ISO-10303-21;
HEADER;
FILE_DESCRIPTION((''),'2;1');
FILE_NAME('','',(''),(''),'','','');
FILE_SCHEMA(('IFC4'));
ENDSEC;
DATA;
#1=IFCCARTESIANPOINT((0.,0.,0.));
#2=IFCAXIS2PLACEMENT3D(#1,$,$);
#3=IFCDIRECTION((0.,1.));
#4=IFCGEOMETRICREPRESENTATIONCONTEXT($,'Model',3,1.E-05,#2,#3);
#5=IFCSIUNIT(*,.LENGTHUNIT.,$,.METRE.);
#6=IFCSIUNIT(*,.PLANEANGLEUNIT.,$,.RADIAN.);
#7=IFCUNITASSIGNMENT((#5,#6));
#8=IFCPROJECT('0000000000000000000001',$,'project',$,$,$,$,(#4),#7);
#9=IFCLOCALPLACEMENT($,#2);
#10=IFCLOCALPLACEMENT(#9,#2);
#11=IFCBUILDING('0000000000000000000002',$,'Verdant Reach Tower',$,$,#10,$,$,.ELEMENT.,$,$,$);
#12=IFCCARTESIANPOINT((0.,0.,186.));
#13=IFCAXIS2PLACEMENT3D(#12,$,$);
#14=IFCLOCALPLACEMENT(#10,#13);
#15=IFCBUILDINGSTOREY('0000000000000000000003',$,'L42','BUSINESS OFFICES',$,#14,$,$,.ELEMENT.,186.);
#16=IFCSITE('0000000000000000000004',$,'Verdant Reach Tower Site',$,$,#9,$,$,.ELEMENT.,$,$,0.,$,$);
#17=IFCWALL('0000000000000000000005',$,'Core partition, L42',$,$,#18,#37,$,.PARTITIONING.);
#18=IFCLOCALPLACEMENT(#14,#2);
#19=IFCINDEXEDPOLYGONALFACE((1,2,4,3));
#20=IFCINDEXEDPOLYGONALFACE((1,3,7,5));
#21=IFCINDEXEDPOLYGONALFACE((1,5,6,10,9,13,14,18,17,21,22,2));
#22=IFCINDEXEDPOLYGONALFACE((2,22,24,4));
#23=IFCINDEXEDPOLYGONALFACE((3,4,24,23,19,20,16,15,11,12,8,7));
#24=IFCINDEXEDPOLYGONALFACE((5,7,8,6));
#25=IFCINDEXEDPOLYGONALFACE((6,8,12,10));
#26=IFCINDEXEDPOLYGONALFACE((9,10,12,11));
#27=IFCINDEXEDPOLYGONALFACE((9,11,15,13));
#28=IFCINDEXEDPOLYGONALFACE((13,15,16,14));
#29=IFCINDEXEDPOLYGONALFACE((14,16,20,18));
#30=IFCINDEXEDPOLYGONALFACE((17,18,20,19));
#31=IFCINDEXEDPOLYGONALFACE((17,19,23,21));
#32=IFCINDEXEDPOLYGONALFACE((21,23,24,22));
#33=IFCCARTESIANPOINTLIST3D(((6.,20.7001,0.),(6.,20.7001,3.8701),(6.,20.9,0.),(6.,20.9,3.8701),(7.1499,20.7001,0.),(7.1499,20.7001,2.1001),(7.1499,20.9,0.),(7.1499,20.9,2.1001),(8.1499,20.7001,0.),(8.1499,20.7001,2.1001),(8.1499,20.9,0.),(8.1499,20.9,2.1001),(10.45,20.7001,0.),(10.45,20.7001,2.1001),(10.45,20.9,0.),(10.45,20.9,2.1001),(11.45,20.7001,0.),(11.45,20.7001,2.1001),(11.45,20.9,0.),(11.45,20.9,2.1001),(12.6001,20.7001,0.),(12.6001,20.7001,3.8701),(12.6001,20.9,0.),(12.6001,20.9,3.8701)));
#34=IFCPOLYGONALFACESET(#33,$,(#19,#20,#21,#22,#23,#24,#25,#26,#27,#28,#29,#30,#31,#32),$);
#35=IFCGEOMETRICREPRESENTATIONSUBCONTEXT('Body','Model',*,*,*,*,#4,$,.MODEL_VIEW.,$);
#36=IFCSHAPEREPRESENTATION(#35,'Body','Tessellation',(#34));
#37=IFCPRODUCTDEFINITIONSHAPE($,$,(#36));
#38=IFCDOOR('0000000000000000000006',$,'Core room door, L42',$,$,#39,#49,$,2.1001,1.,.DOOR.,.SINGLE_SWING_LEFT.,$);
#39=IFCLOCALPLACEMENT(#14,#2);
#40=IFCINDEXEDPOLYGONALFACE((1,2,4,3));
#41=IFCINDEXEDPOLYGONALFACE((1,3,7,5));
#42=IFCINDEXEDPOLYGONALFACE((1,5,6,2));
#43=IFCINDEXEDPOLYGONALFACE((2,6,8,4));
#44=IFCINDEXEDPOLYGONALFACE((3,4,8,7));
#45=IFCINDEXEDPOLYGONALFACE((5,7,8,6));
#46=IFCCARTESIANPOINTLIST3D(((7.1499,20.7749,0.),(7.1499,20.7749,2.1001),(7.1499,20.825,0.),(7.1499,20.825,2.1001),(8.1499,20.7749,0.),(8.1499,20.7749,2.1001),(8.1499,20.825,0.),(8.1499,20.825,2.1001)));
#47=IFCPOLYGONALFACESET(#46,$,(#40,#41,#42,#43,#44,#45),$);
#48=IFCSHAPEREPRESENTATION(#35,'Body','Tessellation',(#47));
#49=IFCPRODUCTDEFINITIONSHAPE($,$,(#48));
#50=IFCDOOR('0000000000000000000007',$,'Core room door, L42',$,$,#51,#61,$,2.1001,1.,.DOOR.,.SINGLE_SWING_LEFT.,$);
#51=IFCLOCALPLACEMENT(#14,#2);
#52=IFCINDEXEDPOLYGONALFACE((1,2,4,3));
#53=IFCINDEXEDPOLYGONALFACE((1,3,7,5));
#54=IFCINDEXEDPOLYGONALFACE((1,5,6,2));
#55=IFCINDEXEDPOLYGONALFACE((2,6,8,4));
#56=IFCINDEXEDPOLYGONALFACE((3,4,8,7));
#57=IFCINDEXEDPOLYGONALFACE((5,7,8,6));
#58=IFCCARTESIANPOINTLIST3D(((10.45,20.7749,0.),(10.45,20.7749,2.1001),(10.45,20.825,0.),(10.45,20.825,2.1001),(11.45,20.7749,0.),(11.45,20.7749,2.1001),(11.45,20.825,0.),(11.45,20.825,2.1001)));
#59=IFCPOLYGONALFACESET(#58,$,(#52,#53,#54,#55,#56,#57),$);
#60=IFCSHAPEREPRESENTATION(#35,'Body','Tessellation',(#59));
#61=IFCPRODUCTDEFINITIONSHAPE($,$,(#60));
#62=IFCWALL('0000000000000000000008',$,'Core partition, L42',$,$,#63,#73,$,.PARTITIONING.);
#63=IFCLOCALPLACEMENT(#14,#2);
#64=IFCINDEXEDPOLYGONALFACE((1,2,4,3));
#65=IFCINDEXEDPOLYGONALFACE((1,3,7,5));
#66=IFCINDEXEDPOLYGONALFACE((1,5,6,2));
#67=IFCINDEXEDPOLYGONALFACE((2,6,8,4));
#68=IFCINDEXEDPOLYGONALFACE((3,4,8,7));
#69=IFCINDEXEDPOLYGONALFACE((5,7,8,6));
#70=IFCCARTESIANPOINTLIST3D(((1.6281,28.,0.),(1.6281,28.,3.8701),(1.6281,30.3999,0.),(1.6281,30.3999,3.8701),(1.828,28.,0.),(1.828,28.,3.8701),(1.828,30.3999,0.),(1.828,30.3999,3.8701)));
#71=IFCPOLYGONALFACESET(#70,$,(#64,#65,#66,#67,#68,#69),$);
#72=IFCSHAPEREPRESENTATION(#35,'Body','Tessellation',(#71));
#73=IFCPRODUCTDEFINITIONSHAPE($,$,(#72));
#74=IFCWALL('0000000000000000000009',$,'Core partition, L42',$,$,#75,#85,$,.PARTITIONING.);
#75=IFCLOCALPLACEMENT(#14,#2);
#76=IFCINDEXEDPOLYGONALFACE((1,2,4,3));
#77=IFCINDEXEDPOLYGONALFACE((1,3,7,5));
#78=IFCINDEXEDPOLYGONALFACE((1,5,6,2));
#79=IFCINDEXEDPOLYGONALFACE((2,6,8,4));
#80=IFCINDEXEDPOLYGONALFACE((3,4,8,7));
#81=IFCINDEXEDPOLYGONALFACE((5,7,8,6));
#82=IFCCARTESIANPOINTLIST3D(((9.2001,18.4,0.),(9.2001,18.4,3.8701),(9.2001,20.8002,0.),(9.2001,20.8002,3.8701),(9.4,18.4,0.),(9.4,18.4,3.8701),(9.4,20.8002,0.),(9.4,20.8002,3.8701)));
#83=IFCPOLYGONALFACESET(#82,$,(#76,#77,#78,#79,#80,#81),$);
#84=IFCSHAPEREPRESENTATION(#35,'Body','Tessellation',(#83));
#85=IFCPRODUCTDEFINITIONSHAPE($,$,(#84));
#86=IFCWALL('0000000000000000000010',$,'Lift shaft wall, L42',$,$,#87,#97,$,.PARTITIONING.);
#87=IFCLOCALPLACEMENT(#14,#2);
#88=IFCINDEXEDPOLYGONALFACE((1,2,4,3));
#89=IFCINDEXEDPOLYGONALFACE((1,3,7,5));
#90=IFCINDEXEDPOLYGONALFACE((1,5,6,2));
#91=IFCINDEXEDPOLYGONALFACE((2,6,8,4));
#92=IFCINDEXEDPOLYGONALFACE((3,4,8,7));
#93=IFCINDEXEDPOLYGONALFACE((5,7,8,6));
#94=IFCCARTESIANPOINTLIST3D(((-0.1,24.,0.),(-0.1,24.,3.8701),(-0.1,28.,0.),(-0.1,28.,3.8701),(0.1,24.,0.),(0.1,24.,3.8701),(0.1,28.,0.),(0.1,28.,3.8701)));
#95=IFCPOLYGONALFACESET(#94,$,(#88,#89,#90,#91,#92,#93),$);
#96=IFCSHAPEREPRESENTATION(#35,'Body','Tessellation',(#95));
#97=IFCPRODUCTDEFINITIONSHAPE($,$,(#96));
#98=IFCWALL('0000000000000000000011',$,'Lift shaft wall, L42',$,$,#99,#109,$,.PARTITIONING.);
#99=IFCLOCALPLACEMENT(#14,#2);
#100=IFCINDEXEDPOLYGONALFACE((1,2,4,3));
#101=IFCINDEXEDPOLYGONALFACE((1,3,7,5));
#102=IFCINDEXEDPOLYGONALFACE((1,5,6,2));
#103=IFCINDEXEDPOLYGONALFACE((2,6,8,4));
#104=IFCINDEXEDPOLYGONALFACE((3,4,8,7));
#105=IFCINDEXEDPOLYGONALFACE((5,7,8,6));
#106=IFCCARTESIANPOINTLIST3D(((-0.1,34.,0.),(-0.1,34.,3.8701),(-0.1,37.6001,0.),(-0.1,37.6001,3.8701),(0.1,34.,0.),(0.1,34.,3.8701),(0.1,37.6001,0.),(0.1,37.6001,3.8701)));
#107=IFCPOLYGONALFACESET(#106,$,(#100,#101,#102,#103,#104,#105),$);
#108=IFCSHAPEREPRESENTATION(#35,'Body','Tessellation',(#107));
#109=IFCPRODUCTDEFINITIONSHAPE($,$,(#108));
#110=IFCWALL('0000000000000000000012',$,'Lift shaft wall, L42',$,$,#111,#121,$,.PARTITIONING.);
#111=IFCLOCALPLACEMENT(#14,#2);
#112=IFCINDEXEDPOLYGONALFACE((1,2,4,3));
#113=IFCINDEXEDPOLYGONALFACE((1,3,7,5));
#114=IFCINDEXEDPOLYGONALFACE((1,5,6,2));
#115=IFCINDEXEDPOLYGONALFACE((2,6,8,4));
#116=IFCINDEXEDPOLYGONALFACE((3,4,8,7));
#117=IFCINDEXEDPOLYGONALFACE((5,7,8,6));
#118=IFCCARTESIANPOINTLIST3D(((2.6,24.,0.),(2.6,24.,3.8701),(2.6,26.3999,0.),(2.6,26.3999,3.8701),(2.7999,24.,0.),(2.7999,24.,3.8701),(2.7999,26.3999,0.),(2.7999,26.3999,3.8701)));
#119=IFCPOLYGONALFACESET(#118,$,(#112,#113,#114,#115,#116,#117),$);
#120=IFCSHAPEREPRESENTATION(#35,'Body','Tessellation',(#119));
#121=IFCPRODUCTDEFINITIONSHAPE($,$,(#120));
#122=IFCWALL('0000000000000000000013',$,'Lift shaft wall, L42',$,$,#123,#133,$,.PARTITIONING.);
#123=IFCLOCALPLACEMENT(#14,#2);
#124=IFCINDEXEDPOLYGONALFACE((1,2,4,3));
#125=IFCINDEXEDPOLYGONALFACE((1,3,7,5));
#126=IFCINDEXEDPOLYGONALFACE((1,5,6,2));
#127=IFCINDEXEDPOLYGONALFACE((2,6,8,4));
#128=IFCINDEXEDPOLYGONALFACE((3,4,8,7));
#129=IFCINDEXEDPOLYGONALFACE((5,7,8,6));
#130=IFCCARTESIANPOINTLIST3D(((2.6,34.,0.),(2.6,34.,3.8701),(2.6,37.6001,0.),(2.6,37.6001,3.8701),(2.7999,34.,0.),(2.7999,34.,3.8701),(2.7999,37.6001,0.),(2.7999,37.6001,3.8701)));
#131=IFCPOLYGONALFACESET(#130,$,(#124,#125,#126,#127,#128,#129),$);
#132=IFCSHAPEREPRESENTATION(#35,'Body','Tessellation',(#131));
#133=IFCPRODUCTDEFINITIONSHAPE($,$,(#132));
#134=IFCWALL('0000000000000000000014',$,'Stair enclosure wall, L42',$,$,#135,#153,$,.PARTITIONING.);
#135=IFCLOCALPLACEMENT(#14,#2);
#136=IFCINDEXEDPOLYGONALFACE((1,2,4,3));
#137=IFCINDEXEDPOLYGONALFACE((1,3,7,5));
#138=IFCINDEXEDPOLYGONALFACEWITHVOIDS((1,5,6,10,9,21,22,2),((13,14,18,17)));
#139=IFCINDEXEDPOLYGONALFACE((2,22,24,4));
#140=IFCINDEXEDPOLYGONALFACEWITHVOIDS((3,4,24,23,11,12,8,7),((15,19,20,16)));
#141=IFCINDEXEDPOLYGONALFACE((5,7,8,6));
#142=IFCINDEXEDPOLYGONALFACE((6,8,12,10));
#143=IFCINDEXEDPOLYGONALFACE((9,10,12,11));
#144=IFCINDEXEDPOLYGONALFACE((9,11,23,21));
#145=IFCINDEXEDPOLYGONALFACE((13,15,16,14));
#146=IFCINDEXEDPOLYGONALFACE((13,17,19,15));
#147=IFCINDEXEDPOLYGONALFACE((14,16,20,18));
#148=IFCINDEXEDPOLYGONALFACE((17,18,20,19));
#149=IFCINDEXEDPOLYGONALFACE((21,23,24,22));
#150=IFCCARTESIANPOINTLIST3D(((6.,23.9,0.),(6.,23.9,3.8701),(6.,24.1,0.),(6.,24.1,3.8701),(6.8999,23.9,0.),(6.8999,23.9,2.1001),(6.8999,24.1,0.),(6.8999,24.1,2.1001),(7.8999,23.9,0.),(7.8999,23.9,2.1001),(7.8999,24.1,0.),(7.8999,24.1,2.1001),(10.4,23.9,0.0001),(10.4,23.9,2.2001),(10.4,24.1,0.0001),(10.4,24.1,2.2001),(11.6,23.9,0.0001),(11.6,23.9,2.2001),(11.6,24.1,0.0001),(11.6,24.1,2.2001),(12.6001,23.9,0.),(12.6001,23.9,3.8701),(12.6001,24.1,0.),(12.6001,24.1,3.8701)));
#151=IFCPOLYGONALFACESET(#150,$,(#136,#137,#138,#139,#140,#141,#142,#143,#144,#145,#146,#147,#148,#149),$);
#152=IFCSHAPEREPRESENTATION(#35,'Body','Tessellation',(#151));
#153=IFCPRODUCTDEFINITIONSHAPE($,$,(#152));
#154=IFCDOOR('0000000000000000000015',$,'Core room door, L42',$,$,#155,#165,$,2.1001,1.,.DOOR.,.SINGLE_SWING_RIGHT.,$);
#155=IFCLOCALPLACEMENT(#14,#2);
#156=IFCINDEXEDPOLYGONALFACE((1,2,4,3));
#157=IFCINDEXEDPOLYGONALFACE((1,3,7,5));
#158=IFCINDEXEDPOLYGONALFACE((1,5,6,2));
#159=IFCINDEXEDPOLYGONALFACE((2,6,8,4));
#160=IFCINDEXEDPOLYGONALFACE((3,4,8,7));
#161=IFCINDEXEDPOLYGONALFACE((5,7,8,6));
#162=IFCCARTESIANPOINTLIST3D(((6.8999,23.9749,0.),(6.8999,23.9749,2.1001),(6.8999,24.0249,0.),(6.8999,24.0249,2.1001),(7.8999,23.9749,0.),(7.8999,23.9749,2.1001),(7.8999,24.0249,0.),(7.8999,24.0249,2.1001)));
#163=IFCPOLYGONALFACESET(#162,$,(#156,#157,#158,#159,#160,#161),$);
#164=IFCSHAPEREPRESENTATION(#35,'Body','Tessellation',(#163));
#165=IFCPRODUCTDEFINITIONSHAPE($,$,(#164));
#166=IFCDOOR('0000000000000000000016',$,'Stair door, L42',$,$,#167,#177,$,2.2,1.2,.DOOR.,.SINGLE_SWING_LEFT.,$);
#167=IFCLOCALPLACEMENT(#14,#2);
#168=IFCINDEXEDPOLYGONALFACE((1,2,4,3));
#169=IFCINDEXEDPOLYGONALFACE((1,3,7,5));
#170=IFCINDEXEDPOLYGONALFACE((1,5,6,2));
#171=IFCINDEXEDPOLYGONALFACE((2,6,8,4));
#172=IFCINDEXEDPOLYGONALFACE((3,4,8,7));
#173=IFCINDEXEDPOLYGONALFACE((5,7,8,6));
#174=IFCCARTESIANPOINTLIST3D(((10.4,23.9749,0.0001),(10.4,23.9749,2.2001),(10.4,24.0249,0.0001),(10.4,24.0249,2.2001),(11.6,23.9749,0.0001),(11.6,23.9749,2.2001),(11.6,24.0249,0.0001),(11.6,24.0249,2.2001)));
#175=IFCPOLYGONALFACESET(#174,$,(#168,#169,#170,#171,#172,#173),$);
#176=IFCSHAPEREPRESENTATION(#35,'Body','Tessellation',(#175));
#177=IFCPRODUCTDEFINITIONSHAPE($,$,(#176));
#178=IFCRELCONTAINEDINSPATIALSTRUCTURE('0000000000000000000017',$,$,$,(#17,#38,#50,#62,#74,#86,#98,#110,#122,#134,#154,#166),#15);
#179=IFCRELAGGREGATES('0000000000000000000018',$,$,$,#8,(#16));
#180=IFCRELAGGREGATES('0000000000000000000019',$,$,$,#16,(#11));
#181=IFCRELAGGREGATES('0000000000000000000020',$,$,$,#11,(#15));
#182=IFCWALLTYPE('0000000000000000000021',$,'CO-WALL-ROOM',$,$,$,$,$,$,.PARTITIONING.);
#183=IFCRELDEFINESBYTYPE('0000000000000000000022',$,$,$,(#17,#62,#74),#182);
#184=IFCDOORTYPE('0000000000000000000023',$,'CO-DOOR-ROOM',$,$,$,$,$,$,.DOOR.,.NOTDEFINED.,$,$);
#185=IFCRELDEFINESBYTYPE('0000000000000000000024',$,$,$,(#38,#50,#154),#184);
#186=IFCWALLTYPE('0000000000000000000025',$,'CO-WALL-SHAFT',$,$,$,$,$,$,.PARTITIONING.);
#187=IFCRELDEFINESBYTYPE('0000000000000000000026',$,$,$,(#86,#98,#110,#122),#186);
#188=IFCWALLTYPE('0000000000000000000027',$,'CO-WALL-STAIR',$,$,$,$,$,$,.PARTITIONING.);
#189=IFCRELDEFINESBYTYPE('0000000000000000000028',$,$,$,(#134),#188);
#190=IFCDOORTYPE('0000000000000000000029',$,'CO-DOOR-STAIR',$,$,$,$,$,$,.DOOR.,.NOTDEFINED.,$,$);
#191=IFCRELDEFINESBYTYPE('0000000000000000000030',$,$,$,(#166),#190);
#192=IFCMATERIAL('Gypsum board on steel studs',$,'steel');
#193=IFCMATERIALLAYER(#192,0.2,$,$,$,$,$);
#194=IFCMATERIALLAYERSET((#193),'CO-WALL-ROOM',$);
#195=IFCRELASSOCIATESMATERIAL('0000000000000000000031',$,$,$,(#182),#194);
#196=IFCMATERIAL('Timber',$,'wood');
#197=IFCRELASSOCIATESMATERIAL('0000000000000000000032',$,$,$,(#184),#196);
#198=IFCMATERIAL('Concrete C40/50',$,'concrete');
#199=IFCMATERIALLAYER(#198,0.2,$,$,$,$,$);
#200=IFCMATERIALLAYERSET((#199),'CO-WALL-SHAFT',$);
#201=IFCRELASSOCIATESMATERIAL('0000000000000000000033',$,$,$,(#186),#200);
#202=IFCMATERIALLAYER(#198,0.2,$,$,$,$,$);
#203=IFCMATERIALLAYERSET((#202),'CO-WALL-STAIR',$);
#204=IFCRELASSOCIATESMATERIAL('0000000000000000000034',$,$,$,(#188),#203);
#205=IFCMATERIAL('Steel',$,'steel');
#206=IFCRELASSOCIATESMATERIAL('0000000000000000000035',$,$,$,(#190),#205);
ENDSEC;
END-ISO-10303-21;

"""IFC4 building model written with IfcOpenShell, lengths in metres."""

from ifc_helpers import new_model, si_unit, direction, frame, frame_2d, origin, place, context, subcontext, project, spatial, rectangle, extrude, material, layer, layer_set, type_object, element, fill, save


model = new_model("IFC4")

# Units and contexts
model_context = context("Model", 3, precision=1e-05, world=origin(), true_north=direction((0.0, 1.0)))
body_context = subcontext(model_context, "Body", "Model", "MODEL_VIEW")
ifc_project = project(units=[si_unit("LENGTHUNIT", "METRE"), si_unit("PLANEANGLEUNIT", "RADIAN")], contexts=[model_context])

# Site, building, storey
site_placement = place(None, origin())
site = spatial("IfcSite", under=ifc_project, at=site_placement, Name="Verdant Reach Tower Site", CompositionType="ELEMENT", RefElevation=0.0)
building_placement = place(site_placement, origin())
building = spatial("IfcBuilding", under=site, at=building_placement, Name="Verdant Reach Tower", CompositionType="ELEMENT")
storey_placement = place(building_placement, frame((0.0, 0.0, 186.0)))
storey = spatial("IfcBuildingStorey", under=building, at=storey_placement, Name="L42", Description="BUSINESS OFFICES", CompositionType="ELEMENT", Elevation=186.0)

# Wall, openings, doors
ifc_material_1 = material(Name="Gypsum board on steel studs", Category="steel")
ifc_layer_1 = layer(ifc_material_1, 0.2)
ifc_layer_set_1 = layer_set([ifc_layer_1], Name="CO-WALL-ROOM")
wall_type_1 = type_object("IfcWallType", Name="CO-WALL-ROOM", PredefinedType="PARTITIONING", material=ifc_layer_set_1)
wall_1_placement = place(storey_placement, frame((6.0, 20.8, 0.0), z_axis=(0.0, 0.0, 1.0), x_axis=(1.0, 0.0, 0.0)))
wall_1 = element("IfcWall", 1, at=wall_1_placement, inside=storey, type_object=wall_type_1, Name="Core partition, L42", PredefinedType="PARTITIONING", context=body_context, shape_type="SweptSolid", body=[
    extrude(rectangle(XDim=6.6001, YDim=0.2, at=frame_2d((3.3, 0.0))), origin(), (0.0, 0.0, 1.0), 3.8701),
])
opening_1_placement = place(wall_1_placement, frame((1.1499, 0.0, 0.0)))
opening_1 = element("IfcOpeningElement", 2, at=opening_1_placement, cuts=wall_1, PredefinedType="OPENING", context=body_context, shape_type="SweptSolid", body=[
    extrude(rectangle(XDim=1.0, YDim=2.1001, at=frame_2d((0.5, 1.05))), frame((0.0, 0.1099, 0.0), z_axis=(0.0, -1.0, 0.0), x_axis=(1.0, 0.0, 0.0)), (0.0, 0.0, 1.0), 0.22),
])
opening_2_placement = place(wall_1_placement, frame((4.45, 0.0, 0.0)))
opening_2 = element("IfcOpeningElement", 3, at=opening_2_placement, cuts=wall_1, PredefinedType="OPENING", context=body_context, shape_type="SweptSolid", body=[
    extrude(rectangle(XDim=1.0, YDim=2.1001, at=frame_2d((0.5, 1.05))), frame((0.0, 0.1099, 0.0), z_axis=(0.0, -1.0, 0.0), x_axis=(1.0, 0.0, 0.0)), (0.0, 0.0, 1.0), 0.22),
])
ifc_material_2 = material(Name="Timber", Category="wood")
door_type_1 = type_object("IfcDoorType", Name="CO-DOOR-ROOM", OperationType="NOTDEFINED", PredefinedType="DOOR", material=ifc_material_2)
door_1_placement = place(opening_1_placement, origin())
door_1 = element("IfcDoor", 4, at=door_1_placement, inside=storey, type_object=door_type_1, Name="Core room door, L42", OperationType="SINGLE_SWING_LEFT", OverallHeight=2.1001, OverallWidth=1.0, PredefinedType="DOOR", context=body_context, shape_type="SweptSolid", body=[
    extrude(rectangle(XDim=1.0, YDim=2.1001, at=frame_2d((0.5, 1.05))), frame((0.0, 0.0249, 0.0), z_axis=(0.0, -1.0, 0.0), x_axis=(1.0, 0.0, 0.0)), (0.0, 0.0, 1.0), 0.05),
])
fill(opening_1, door_1)
door_2_placement = place(opening_2_placement, origin())
door_2 = element("IfcDoor", 5, at=door_2_placement, inside=storey, type_object=door_type_1, Name="Core room door, L42", OperationType="SINGLE_SWING_LEFT", OverallHeight=2.1001, OverallWidth=1.0, PredefinedType="DOOR", context=body_context, shape_type="SweptSolid", body=[
    extrude(rectangle(XDim=1.0, YDim=2.1001, at=frame_2d((0.5, 1.05))), frame((0.0, 0.0249, 0.0), z_axis=(0.0, -1.0, 0.0), x_axis=(1.0, 0.0, 0.0)), (0.0, 0.0, 1.0), 0.05),
])
fill(opening_2, door_2)

# Walls
wall_2_placement = place(storey_placement, frame((1.728, 28.0, 0.0), z_axis=(0.0, 0.0, 1.0), x_axis=(0.0, 1.0, 0.0)))
element("IfcWall", 6, at=wall_2_placement, inside=storey, type_object=wall_type_1, Name="Core partition, L42", PredefinedType="PARTITIONING", context=body_context, shape_type="SweptSolid", body=[
    extrude(rectangle(XDim=2.3999, YDim=0.2, at=frame_2d((1.2, 0.0))), origin(), (0.0, 0.0, 1.0), 3.8701),
])
wall_3_placement = place(storey_placement, frame((9.3, 18.3999, 0.0), z_axis=(0.0, 0.0, 1.0), x_axis=(0.0, 1.0, 0.0)))
element("IfcWall", 7, at=wall_3_placement, inside=storey, type_object=wall_type_1, Name="Core partition, L42", PredefinedType="PARTITIONING", context=body_context, shape_type="SweptSolid", body=[
    extrude(rectangle(XDim=2.4001, YDim=0.2, at=frame_2d((1.2002, 0.0))), origin(), (0.0, 0.0, 1.0), 3.8701),
])
ifc_material_3 = material(Name="Concrete C40/50", Category="concrete")
ifc_layer_2 = layer(ifc_material_3, 0.2)
ifc_layer_set_2 = layer_set([ifc_layer_2], Name="CO-WALL-SHAFT")
wall_type_2 = type_object("IfcWallType", Name="CO-WALL-SHAFT", PredefinedType="PARTITIONING", material=ifc_layer_set_2)
wall_4_placement = place(storey_placement, frame((0.0, 24.0, 0.0), z_axis=(0.0, 0.0, 1.0), x_axis=(0.0, 1.0, 0.0)))
element("IfcWall", 8, at=wall_4_placement, inside=storey, type_object=wall_type_2, Name="Lift shaft wall, L42", PredefinedType="PARTITIONING", context=body_context, shape_type="SweptSolid", body=[
    extrude(rectangle(XDim=4.0, YDim=0.2, at=frame_2d((2.0, 0.0))), origin(), (0.0, 0.0, 1.0), 3.8701),
])
wall_5_placement = place(storey_placement, frame((0.0, 34.0, 0.0), z_axis=(0.0, 0.0, 1.0), x_axis=(0.0, 1.0, 0.0)))
element("IfcWall", 9, at=wall_5_placement, inside=storey, type_object=wall_type_2, Name="Lift shaft wall, L42", PredefinedType="PARTITIONING", context=body_context, shape_type="SweptSolid", body=[
    extrude(rectangle(XDim=3.6001, YDim=0.2, at=frame_2d((1.8, 0.0))), origin(), (0.0, 0.0, 1.0), 3.8701),
])
wall_6_placement = place(storey_placement, frame((2.7, 24.0, 0.0), z_axis=(0.0, 0.0, 1.0), x_axis=(0.0, 1.0, 0.0)))
element("IfcWall", 10, at=wall_6_placement, inside=storey, type_object=wall_type_2, Name="Lift shaft wall, L42", PredefinedType="PARTITIONING", context=body_context, shape_type="SweptSolid", body=[
    extrude(rectangle(XDim=2.3999, YDim=0.2, at=frame_2d((1.2, 0.0))), origin(), (0.0, 0.0, 1.0), 3.8701),
])
wall_7_placement = place(storey_placement, frame((2.7, 34.0, 0.0), z_axis=(0.0, 0.0, 1.0), x_axis=(0.0, 1.0, 0.0)))
element("IfcWall", 11, at=wall_7_placement, inside=storey, type_object=wall_type_2, Name="Lift shaft wall, L42", PredefinedType="PARTITIONING", context=body_context, shape_type="SweptSolid", body=[
    extrude(rectangle(XDim=3.6001, YDim=0.2, at=frame_2d((1.8, 0.0))), origin(), (0.0, 0.0, 1.0), 3.8701),
])

# Wall, openings, doors
ifc_layer_3 = layer(ifc_material_3, 0.2)
ifc_layer_set_3 = layer_set([ifc_layer_3], Name="CO-WALL-STAIR")
wall_type_3 = type_object("IfcWallType", Name="CO-WALL-STAIR", PredefinedType="PARTITIONING", material=ifc_layer_set_3)
wall_8_placement = place(storey_placement, frame((6.0, 24.0, 0.0), z_axis=(0.0, 0.0, 1.0), x_axis=(1.0, 0.0, 0.0)))
wall_8 = element("IfcWall", 12, at=wall_8_placement, inside=storey, type_object=wall_type_3, Name="Stair enclosure wall, L42", PredefinedType="PARTITIONING", context=body_context, shape_type="SweptSolid", body=[
    extrude(rectangle(XDim=6.6001, YDim=0.2, at=frame_2d((3.3, 0.0))), origin(), (0.0, 0.0, 1.0), 3.8701),
])
opening_3_placement = place(wall_8_placement, frame((0.8999, 0.0, 0.0)))
opening_3 = element("IfcOpeningElement", 13, at=opening_3_placement, cuts=wall_8, PredefinedType="OPENING", context=body_context, shape_type="SweptSolid", body=[
    extrude(rectangle(XDim=1.0, YDim=2.1001, at=frame_2d((0.5, 1.05))), frame((0.0, 0.1099, 0.0), z_axis=(0.0, -1.0, 0.0), x_axis=(1.0, 0.0, 0.0)), (0.0, 0.0, 1.0), 0.22),
])
opening_4_placement = place(wall_8_placement, frame((4.3999, 0.0, 0.0)))
opening_4 = element("IfcOpeningElement", 14, at=opening_4_placement, cuts=wall_8, PredefinedType="OPENING", context=body_context, shape_type="SweptSolid", body=[
    extrude(rectangle(XDim=1.2, YDim=2.2, at=frame_2d((0.6001, 1.1001))), frame((0.0, 0.1099, 0.0), z_axis=(0.0, -1.0, 0.0), x_axis=(1.0, 0.0, 0.0)), (0.0, 0.0, 1.0), 0.22),
])
door_3_placement = place(opening_3_placement, origin())
door_3 = element("IfcDoor", 15, at=door_3_placement, inside=storey, type_object=door_type_1, Name="Core room door, L42", OperationType="SINGLE_SWING_RIGHT", OverallHeight=2.1001, OverallWidth=1.0, PredefinedType="DOOR", context=body_context, shape_type="SweptSolid", body=[
    extrude(rectangle(XDim=1.0, YDim=2.1001, at=frame_2d((0.5, 1.05))), frame((0.0, 0.0249, 0.0), z_axis=(0.0, -1.0, 0.0), x_axis=(1.0, 0.0, 0.0)), (0.0, 0.0, 1.0), 0.05),
])
fill(opening_3, door_3)
ifc_material_4 = material(Name="Steel", Category="steel")
door_type_2 = type_object("IfcDoorType", Name="CO-DOOR-STAIR", OperationType="NOTDEFINED", PredefinedType="DOOR", material=ifc_material_4)
door_4_placement = place(opening_4_placement, origin())
door_4 = element("IfcDoor", 16, at=door_4_placement, inside=storey, type_object=door_type_2, Name="Stair door, L42", OperationType="SINGLE_SWING_LEFT", OverallHeight=2.2, OverallWidth=1.2, PredefinedType="DOOR", context=body_context, shape_type="SweptSolid", body=[
    extrude(rectangle(XDim=1.2, YDim=2.2, at=frame_2d((0.6001, 1.1001))), frame((0.0, 0.0249, 0.0), z_axis=(0.0, -1.0, 0.0), x_axis=(1.0, 0.0, 0.0)), (0.0, 0.0, 1.0), 0.05),
])
fill(opening_4, door_4)

save(model, "model.ifc")
